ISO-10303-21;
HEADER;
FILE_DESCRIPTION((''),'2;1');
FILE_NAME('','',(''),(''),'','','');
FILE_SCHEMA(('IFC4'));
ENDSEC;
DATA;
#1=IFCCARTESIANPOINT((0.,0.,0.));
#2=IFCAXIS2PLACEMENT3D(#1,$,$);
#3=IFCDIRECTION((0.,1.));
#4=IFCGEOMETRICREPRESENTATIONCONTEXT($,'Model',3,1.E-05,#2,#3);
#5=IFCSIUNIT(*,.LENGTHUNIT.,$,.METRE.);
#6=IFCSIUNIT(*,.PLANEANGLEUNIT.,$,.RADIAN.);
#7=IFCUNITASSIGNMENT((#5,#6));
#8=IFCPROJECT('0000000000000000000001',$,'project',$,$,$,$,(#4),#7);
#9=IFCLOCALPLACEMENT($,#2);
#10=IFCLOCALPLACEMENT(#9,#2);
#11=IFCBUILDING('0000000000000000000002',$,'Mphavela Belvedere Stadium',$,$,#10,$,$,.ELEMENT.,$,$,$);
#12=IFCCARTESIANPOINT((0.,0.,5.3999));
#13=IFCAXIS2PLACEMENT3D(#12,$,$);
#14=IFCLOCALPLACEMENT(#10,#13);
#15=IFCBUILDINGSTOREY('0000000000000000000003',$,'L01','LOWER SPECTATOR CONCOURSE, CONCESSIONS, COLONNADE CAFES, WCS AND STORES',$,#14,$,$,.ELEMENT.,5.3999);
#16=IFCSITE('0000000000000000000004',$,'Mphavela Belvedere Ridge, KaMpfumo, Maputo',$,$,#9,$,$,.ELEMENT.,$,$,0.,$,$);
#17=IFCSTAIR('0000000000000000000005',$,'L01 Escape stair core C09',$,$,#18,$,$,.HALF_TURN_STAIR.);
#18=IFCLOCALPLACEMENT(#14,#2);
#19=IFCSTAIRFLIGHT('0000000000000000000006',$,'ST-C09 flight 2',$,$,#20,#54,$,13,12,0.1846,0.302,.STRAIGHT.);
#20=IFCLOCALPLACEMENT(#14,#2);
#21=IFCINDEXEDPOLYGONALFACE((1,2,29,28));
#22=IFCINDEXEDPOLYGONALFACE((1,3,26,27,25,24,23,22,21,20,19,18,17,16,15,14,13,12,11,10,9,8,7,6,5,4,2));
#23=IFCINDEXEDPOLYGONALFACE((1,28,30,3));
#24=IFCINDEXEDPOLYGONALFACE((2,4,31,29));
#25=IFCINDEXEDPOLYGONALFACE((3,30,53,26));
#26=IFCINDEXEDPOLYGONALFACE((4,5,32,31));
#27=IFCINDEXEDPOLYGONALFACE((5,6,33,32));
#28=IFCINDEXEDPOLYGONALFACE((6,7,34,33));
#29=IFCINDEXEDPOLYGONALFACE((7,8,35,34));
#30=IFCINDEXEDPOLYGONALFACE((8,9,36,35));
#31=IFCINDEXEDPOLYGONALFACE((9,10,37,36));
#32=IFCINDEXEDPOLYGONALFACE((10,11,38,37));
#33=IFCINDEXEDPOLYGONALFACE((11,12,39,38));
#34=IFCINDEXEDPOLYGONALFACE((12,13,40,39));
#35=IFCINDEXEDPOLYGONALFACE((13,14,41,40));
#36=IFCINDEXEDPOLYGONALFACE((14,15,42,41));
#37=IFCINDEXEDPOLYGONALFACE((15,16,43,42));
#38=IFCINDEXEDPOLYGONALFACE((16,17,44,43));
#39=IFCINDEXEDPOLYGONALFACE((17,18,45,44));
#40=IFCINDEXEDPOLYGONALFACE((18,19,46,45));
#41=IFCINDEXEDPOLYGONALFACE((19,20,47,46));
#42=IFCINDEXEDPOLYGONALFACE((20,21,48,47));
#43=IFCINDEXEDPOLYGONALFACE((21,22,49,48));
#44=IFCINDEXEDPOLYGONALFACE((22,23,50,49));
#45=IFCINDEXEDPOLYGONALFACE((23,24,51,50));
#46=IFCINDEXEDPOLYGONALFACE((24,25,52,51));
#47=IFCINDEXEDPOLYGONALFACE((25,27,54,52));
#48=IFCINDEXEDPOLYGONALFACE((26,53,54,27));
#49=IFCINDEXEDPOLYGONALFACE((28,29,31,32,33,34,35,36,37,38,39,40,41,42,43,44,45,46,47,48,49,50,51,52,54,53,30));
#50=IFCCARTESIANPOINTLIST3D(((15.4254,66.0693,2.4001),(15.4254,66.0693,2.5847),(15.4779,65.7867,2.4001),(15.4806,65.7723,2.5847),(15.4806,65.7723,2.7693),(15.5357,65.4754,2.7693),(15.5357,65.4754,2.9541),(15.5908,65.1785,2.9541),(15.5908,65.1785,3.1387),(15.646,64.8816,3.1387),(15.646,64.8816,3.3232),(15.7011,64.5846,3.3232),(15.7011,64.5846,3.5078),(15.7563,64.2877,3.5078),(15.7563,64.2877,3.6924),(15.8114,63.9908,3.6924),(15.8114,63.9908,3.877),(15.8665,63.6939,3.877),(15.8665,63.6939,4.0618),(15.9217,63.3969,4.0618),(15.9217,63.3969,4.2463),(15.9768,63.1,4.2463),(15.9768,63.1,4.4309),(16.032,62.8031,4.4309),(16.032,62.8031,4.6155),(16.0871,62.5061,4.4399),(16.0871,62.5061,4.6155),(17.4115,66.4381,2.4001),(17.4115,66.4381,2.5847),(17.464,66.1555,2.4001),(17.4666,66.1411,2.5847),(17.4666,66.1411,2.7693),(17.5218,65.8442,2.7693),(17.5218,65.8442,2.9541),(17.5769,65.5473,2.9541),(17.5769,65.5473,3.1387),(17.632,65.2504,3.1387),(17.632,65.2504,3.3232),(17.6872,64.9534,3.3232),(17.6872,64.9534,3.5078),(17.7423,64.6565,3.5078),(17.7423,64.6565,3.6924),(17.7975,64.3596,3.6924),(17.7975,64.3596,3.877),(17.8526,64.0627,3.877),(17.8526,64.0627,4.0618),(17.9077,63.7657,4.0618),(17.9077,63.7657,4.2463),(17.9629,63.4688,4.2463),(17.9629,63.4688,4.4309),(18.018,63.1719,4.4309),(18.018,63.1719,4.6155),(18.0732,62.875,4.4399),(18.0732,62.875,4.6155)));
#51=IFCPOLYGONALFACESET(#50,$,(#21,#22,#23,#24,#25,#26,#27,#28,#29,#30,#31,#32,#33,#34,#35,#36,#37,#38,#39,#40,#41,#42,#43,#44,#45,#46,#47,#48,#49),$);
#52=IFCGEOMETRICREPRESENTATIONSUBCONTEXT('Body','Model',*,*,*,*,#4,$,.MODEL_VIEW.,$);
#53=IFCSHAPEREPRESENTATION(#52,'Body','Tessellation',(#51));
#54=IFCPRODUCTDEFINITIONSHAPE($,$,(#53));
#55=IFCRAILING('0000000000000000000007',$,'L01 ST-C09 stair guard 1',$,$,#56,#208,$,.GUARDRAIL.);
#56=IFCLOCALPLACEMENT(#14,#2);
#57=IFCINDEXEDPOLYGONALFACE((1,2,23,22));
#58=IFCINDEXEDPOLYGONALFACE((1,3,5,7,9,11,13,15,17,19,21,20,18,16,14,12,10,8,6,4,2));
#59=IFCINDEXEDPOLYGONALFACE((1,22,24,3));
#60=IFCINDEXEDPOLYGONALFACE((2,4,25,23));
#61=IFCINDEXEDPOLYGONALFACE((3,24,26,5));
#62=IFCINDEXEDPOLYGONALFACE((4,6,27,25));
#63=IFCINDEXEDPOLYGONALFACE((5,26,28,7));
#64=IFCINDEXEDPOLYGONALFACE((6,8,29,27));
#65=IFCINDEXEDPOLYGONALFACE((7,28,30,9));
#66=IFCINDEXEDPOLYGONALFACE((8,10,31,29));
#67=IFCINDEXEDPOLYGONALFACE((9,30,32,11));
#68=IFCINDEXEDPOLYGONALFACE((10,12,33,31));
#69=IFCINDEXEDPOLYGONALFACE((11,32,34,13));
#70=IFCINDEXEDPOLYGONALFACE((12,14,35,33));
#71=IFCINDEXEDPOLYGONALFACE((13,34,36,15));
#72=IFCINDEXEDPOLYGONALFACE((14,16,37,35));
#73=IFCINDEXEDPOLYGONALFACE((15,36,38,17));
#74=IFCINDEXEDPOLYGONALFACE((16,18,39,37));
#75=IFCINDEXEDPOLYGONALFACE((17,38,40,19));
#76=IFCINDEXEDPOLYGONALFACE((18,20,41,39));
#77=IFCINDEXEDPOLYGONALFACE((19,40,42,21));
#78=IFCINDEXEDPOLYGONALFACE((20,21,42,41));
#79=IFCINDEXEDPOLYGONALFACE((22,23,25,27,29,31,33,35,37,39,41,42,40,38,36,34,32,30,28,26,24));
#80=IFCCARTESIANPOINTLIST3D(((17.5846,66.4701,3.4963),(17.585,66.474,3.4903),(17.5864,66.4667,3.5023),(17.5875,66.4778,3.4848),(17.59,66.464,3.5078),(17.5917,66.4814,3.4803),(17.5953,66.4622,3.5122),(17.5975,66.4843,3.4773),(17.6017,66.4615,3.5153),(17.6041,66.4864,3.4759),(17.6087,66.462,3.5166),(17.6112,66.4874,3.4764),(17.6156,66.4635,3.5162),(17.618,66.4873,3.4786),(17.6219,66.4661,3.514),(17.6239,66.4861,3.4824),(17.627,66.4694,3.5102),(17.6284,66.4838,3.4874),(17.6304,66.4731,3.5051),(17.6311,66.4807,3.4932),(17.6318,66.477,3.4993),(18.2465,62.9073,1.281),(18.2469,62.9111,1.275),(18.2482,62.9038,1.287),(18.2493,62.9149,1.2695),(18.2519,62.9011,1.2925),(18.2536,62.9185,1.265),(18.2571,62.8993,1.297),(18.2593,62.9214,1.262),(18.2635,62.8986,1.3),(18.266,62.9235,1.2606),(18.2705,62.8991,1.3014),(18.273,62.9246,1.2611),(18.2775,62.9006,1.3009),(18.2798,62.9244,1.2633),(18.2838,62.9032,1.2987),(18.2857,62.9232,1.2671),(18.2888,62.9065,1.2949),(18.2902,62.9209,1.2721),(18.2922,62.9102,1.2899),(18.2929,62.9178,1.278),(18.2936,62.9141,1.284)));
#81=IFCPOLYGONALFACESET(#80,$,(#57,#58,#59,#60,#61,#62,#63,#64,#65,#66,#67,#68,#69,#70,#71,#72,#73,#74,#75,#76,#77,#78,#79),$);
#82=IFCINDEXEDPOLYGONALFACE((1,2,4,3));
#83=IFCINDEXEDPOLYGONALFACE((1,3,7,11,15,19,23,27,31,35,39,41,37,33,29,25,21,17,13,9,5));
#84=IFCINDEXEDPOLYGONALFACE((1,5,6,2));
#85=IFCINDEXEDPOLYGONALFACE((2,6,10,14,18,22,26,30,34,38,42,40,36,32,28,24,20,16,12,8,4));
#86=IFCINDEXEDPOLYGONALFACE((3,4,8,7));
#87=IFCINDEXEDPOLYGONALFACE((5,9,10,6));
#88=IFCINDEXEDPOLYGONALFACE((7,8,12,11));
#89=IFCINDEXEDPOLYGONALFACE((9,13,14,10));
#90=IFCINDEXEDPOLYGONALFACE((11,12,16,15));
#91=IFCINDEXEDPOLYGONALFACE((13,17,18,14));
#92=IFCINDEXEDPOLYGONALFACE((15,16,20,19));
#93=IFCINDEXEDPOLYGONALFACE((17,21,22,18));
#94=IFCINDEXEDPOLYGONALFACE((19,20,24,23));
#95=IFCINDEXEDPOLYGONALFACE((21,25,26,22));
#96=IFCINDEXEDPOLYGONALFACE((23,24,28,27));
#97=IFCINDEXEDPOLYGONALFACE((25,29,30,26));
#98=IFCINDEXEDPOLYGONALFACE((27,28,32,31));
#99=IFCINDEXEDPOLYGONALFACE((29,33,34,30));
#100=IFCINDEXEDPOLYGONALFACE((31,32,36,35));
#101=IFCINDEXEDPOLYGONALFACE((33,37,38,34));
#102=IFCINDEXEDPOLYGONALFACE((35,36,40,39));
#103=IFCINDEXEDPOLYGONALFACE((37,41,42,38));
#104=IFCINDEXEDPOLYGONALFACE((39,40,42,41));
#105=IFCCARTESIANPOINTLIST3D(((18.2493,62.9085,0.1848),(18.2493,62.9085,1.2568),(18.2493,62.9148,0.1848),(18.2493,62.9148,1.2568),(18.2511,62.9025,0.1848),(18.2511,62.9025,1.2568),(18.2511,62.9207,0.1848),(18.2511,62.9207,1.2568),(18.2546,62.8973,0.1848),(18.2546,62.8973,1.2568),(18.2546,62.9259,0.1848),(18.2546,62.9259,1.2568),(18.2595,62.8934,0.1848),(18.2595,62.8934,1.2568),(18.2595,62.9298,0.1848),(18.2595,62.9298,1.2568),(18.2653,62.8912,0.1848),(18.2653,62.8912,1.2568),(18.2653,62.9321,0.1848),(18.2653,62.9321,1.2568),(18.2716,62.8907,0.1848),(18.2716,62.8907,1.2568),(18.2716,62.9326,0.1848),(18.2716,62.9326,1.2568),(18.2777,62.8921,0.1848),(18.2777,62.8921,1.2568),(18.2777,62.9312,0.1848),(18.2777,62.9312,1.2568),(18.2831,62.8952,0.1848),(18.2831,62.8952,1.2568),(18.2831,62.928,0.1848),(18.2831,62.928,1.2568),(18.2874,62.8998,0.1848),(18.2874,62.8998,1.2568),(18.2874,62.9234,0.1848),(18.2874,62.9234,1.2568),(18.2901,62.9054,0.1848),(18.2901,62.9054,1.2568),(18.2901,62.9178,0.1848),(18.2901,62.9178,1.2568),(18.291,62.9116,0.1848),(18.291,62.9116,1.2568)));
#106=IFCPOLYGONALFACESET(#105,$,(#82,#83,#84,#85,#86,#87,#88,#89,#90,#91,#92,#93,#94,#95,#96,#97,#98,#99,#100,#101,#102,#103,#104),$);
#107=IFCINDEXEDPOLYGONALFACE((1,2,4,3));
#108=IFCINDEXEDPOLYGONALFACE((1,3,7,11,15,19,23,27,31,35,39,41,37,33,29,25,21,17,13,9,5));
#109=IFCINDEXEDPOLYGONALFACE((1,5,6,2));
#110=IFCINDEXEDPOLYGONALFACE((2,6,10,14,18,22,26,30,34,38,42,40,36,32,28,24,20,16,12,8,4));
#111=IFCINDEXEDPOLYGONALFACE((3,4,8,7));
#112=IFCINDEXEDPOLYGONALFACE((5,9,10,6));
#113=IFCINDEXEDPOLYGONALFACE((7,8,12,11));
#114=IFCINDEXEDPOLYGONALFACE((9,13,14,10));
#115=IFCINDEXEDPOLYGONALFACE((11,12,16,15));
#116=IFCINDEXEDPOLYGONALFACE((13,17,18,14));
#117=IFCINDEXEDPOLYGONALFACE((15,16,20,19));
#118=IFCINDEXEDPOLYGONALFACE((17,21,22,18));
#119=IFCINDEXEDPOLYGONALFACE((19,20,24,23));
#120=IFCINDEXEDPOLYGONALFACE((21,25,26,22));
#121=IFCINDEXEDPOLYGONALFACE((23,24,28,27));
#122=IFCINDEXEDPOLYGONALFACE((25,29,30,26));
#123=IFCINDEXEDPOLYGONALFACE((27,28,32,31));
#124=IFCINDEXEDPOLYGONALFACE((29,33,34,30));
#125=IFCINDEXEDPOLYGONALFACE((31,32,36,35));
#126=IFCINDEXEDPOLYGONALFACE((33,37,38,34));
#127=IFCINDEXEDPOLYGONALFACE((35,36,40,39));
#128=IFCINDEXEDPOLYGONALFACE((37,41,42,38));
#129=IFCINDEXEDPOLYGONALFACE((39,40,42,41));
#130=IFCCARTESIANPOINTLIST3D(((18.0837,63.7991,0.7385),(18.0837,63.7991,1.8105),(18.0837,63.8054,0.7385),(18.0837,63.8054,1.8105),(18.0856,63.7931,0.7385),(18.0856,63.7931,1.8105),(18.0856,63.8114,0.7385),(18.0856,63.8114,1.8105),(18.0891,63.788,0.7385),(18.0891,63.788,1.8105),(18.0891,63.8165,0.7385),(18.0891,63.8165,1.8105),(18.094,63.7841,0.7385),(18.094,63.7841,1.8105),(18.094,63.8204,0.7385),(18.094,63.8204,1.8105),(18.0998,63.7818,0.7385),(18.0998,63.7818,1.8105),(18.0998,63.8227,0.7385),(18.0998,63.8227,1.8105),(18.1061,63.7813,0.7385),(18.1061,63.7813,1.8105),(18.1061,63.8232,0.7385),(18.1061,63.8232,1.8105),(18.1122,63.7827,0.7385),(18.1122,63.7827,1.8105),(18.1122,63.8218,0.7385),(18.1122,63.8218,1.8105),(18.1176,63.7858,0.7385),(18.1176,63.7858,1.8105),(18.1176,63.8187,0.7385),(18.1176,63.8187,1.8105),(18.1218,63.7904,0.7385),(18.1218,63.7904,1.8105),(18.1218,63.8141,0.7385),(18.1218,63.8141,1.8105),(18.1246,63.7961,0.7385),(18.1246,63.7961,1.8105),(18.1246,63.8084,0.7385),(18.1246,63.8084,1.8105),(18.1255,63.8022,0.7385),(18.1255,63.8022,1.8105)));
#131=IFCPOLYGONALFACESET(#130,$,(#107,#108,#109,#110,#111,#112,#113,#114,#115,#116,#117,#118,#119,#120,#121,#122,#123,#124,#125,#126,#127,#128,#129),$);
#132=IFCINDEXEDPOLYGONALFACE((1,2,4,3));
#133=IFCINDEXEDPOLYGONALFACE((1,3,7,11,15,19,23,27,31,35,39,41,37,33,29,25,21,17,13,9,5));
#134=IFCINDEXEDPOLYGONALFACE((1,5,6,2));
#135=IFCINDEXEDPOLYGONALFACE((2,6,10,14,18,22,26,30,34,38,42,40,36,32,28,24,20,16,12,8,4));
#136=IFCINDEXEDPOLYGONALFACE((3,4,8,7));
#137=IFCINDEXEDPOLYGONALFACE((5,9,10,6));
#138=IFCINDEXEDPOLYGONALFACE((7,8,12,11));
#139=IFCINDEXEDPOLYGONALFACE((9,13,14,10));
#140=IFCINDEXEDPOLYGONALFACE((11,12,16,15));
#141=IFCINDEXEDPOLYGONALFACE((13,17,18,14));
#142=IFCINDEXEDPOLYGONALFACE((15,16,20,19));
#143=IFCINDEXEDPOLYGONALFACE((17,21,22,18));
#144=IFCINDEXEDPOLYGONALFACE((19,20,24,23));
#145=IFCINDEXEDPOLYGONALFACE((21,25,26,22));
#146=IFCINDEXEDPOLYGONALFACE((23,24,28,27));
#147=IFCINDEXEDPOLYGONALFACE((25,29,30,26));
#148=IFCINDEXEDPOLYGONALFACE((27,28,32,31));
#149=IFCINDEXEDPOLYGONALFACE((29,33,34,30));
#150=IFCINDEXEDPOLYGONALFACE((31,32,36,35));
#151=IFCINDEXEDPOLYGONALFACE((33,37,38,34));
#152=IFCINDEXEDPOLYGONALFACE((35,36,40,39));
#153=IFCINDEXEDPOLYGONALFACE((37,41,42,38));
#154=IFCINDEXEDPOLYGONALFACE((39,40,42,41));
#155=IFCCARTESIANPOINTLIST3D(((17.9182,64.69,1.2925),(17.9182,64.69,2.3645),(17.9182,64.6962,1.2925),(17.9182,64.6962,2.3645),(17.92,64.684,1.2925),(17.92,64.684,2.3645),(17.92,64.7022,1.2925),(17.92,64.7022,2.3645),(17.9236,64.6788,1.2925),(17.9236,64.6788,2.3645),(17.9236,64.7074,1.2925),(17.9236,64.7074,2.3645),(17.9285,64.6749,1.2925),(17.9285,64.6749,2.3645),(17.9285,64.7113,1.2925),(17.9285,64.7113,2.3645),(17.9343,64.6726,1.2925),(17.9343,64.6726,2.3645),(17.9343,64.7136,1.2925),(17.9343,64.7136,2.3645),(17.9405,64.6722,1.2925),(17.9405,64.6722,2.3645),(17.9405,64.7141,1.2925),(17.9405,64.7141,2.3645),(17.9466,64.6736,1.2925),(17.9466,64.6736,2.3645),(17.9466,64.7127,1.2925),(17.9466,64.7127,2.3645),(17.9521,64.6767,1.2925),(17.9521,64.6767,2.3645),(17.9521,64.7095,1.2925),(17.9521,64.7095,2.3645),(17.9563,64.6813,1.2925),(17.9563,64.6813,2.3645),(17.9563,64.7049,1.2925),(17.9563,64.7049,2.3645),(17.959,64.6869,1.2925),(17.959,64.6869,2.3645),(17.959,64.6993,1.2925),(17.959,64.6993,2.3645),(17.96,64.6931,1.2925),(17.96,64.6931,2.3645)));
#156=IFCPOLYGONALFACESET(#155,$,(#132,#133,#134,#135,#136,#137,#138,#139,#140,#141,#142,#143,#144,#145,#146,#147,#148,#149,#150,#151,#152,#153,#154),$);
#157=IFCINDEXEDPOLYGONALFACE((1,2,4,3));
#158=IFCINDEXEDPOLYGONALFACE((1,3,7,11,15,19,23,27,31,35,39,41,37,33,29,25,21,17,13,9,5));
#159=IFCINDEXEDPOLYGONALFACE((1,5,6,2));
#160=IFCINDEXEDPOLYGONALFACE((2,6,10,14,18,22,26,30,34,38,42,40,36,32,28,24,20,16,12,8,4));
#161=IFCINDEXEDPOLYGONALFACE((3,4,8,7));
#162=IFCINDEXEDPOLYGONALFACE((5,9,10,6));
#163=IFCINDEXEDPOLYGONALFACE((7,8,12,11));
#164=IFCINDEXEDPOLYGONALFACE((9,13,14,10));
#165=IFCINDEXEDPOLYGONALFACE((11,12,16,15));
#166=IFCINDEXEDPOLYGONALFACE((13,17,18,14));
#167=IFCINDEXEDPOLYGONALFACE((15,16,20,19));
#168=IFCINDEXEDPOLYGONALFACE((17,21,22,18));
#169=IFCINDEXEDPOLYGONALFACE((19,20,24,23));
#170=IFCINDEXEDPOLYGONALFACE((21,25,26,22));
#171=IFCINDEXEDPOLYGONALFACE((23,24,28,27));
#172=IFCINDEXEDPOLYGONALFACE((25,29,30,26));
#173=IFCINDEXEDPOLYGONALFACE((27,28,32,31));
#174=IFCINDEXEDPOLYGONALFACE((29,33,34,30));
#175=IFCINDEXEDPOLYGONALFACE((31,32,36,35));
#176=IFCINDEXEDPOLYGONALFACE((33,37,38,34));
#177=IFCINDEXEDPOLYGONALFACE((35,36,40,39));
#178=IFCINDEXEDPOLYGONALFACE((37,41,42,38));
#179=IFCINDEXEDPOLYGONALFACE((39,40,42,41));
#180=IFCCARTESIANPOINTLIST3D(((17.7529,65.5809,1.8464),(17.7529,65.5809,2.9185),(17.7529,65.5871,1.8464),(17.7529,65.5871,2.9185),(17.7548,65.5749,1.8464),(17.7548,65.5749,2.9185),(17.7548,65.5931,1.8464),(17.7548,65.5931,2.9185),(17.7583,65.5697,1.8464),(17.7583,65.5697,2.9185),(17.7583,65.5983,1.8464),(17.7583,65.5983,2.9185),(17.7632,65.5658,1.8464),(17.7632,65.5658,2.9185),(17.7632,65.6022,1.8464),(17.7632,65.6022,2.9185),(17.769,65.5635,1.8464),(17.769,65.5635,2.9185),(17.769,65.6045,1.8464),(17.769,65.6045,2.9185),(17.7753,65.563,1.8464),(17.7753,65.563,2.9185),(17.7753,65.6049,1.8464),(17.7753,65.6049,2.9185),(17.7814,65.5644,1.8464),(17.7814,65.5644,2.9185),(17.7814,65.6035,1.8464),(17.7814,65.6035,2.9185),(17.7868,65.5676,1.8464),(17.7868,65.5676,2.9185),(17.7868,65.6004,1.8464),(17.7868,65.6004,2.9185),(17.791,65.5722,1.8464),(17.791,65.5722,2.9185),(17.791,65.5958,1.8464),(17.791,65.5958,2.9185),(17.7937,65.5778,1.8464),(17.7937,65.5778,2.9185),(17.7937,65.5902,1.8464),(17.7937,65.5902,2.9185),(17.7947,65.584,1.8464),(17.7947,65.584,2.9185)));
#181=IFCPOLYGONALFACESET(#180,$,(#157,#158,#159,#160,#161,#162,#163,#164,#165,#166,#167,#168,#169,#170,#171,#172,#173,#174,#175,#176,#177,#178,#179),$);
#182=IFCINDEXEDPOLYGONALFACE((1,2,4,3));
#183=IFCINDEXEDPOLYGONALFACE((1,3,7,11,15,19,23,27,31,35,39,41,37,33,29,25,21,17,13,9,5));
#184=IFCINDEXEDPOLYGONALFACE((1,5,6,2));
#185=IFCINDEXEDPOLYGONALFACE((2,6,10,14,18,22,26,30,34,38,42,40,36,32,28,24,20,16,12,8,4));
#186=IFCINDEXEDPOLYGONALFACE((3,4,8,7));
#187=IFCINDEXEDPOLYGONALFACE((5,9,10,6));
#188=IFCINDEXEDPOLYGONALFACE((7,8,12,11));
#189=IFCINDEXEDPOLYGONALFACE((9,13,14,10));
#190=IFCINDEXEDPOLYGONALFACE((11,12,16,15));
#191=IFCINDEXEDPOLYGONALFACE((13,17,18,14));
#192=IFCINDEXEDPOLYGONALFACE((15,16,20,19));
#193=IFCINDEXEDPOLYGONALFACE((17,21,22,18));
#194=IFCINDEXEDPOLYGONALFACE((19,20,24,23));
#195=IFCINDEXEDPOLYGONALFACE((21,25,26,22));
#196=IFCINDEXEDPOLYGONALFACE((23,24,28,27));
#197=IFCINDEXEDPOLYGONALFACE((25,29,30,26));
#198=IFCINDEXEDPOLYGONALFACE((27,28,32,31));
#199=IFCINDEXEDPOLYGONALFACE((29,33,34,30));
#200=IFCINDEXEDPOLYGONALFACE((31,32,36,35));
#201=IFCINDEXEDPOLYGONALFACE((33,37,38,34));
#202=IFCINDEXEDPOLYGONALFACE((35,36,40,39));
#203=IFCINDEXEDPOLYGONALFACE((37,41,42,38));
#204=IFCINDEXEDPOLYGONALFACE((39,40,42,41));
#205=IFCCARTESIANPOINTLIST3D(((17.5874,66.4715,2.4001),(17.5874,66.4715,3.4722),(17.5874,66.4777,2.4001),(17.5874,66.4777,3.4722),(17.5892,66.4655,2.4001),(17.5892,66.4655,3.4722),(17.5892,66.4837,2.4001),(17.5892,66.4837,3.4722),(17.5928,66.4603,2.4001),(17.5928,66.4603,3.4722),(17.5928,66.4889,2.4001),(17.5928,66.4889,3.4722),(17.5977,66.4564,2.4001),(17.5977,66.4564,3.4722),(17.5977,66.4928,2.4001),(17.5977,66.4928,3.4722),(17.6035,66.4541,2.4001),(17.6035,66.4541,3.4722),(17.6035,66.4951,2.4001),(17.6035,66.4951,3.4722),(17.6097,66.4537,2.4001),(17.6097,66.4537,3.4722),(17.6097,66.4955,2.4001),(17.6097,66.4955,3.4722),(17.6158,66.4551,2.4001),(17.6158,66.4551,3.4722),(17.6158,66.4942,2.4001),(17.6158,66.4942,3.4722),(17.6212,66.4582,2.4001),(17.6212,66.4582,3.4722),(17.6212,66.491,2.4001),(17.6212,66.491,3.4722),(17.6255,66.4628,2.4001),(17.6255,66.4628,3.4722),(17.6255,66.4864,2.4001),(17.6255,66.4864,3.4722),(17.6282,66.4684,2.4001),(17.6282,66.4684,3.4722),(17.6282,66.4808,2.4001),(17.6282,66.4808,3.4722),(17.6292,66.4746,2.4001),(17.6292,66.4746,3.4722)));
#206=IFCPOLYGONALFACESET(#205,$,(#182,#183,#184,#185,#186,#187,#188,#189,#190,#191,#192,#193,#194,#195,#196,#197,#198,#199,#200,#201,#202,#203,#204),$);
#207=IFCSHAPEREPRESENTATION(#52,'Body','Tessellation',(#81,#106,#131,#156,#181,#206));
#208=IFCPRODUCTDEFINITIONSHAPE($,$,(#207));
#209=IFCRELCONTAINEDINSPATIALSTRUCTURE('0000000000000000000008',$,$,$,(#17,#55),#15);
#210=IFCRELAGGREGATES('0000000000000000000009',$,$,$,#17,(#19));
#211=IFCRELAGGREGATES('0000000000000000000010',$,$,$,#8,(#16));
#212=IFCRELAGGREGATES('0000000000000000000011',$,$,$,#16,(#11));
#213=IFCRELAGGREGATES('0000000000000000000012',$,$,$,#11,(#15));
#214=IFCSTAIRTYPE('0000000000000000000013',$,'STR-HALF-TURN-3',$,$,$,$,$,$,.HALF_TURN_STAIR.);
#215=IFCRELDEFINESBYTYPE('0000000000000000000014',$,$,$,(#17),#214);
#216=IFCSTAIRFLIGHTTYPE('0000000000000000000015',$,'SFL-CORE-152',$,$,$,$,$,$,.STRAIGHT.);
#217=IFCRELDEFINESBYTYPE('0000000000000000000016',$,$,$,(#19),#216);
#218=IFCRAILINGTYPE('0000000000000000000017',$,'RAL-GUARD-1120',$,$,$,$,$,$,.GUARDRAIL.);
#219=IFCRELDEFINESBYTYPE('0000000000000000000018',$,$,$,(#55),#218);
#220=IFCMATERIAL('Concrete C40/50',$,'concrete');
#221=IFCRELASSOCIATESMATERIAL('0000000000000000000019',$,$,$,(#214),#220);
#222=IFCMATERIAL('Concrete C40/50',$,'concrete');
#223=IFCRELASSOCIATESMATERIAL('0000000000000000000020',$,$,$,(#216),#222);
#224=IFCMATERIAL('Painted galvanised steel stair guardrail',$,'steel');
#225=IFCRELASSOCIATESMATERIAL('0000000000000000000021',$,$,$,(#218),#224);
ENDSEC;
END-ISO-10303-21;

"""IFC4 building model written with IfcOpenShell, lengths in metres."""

from ifc_helpers import new_model, si_unit, direction, frame, origin, origin_2d, place, context, subcontext, project, spatial, polyline, circle, outline, extrude, material, type_object, element, aggregate, save


model = new_model("IFC4")

# Units and contexts
model_context = context("Model", 3, precision=1e-05, world=origin(), true_north=direction((0.0, 1.0)))
body_context = subcontext(model_context, "Body", "Model", "MODEL_VIEW")
ifc_project = project(units=[si_unit("LENGTHUNIT", "METRE"), si_unit("PLANEANGLEUNIT", "RADIAN")], contexts=[model_context])

# Site, building, storey
site_placement = place(None, origin())
site = spatial("IfcSite", under=ifc_project, at=site_placement, Name="Mphavela Belvedere Ridge, KaMpfumo, Maputo", CompositionType="ELEMENT", RefElevation=0.0)
building_placement = place(site_placement, origin())
building = spatial("IfcBuilding", under=site, at=building_placement, Name="Mphavela Belvedere Stadium", CompositionType="ELEMENT")
storey_placement = place(building_placement, frame((0.0, 0.0, 5.3999)))
storey = spatial("IfcBuildingStorey", under=building, at=storey_placement, Name="L01", Description="LOWER SPECTATOR CONCOURSE, CONCESSIONS, COLONNADE CAFES, WCS AND STORES", CompositionType="ELEMENT", Elevation=5.3999)

# Stair, stair flight
ifc_material_1 = material(Name="Concrete C40/50", Category="concrete")
stair_type = type_object("IfcStairType", Name="STR-HALF-TURN-3", PredefinedType="HALF_TURN_STAIR", material=ifc_material_1)
stair_placement = place(storey_placement, origin())
stair = element("IfcStair", 1, at=stair_placement, inside=storey, type_object=stair_type, Name="L01 Escape stair core C09", PredefinedType="HALF_TURN_STAIR")
ifc_material_2 = material(Name="Concrete C40/50", Category="concrete")
stair_flight_type = type_object("IfcStairFlightType", Name="SFL-CORE-152", PredefinedType="STRAIGHT", material=ifc_material_2)
stair_flight_1_placement = place(storey_placement, frame((16.4185, 66.2537, 2.4001), z_axis=(0.0, 0.0, 1.0), x_axis=(0.182579, -0.983191, 0.0)))
stair_flight_1 = element("IfcStairFlight", 2, at=stair_flight_1_placement, type_object=stair_flight_type, Name="ST-C09 flight 2", NumberOfRisers=13, NumberOfTreads=12, PredefinedType="STRAIGHT", RiserHeight=0.1846, TreadLength=0.302, context=body_context, shape_type="SweptSolid", body=[
    extrude(outline(polyline([(0.0, 0.0), (0.0, 0.1846), (0.302, 0.1846), (0.302, 0.3691), (0.604, 0.3691), (0.604, 0.554), (0.906, 0.554), (0.906, 0.7385), (1.208, 0.7385), (1.208, 0.9231), (1.51, 0.9231), (1.51, 1.1077), (1.812, 1.1077), (1.812, 1.2922), (2.114, 1.2922), (2.114, 1.4768), (2.416, 1.4768), (2.416, 1.6616), (2.718, 1.6616), (2.718, 1.8462), (3.02, 1.8462), (3.02, 2.0308), (3.322, 2.0308), (3.322, 2.2153), (3.624, 2.2153), (3.624, 2.3999), (3.624, 2.0398), (0.2874, 0.0), (0.0, 0.0)])), frame((0.0, 1.01, 0.0), z_axis=(0.0, -1.0, 0.0), x_axis=(1.0, 0.0, 0.0)), (0.0, 0.0, 1.0), 2.02),
])
aggregate(stair, [stair_flight_1])

# Railing
ifc_material_3 = material(Name="Painted galvanised steel stair guardrail", Category="steel")
railing_type_1 = type_object("IfcRailingType", Name="RAL-GUARD-1120", PredefinedType="GUARDRAIL", material=ifc_material_3)
railing_1_placement = place(storey_placement, frame((18.27, 62.9116, 0.1848)))
element("IfcRailing", 3, at=railing_1_placement, inside=storey, type_object=railing_type_1, Name="L01 ST-C09 stair guard 1", PredefinedType="GUARDRAIL", context=body_context, shape_type="SweptSolid", body=[
    extrude(circle(Radius=0.0239, at=origin_2d()), frame((0.0, 0.0, 1.0962), z_axis=(-0.155827, 0.838858, 0.52157), x_axis=(-0.98318, -0.182637, 0.0)), (0.0, 0.0, 1.0), 4.2473),
    extrude(circle(Radius=0.021, at=origin_2d()), origin(), (0.0, 0.0, 1.0), 1.072),
    extrude(circle(Radius=0.021, at=origin_2d()), frame((-0.1655, 0.8906, 0.5537)), (0.0, 0.0, 1.0), 1.072),
    extrude(circle(Radius=0.021, at=origin_2d()), frame((-0.3311, 1.7815, 1.1077)), (0.0, 0.0, 1.0), 1.072),
    extrude(circle(Radius=0.021, at=origin_2d()), frame((-0.4963, 2.6724, 1.6616)), (0.0, 0.0, 1.0), 1.072),
    extrude(circle(Radius=0.021, at=origin_2d()), frame((-0.6619, 3.563, 2.2153)), (0.0, 0.0, 1.0), 1.072),
])

save(model, "model.ifc")
